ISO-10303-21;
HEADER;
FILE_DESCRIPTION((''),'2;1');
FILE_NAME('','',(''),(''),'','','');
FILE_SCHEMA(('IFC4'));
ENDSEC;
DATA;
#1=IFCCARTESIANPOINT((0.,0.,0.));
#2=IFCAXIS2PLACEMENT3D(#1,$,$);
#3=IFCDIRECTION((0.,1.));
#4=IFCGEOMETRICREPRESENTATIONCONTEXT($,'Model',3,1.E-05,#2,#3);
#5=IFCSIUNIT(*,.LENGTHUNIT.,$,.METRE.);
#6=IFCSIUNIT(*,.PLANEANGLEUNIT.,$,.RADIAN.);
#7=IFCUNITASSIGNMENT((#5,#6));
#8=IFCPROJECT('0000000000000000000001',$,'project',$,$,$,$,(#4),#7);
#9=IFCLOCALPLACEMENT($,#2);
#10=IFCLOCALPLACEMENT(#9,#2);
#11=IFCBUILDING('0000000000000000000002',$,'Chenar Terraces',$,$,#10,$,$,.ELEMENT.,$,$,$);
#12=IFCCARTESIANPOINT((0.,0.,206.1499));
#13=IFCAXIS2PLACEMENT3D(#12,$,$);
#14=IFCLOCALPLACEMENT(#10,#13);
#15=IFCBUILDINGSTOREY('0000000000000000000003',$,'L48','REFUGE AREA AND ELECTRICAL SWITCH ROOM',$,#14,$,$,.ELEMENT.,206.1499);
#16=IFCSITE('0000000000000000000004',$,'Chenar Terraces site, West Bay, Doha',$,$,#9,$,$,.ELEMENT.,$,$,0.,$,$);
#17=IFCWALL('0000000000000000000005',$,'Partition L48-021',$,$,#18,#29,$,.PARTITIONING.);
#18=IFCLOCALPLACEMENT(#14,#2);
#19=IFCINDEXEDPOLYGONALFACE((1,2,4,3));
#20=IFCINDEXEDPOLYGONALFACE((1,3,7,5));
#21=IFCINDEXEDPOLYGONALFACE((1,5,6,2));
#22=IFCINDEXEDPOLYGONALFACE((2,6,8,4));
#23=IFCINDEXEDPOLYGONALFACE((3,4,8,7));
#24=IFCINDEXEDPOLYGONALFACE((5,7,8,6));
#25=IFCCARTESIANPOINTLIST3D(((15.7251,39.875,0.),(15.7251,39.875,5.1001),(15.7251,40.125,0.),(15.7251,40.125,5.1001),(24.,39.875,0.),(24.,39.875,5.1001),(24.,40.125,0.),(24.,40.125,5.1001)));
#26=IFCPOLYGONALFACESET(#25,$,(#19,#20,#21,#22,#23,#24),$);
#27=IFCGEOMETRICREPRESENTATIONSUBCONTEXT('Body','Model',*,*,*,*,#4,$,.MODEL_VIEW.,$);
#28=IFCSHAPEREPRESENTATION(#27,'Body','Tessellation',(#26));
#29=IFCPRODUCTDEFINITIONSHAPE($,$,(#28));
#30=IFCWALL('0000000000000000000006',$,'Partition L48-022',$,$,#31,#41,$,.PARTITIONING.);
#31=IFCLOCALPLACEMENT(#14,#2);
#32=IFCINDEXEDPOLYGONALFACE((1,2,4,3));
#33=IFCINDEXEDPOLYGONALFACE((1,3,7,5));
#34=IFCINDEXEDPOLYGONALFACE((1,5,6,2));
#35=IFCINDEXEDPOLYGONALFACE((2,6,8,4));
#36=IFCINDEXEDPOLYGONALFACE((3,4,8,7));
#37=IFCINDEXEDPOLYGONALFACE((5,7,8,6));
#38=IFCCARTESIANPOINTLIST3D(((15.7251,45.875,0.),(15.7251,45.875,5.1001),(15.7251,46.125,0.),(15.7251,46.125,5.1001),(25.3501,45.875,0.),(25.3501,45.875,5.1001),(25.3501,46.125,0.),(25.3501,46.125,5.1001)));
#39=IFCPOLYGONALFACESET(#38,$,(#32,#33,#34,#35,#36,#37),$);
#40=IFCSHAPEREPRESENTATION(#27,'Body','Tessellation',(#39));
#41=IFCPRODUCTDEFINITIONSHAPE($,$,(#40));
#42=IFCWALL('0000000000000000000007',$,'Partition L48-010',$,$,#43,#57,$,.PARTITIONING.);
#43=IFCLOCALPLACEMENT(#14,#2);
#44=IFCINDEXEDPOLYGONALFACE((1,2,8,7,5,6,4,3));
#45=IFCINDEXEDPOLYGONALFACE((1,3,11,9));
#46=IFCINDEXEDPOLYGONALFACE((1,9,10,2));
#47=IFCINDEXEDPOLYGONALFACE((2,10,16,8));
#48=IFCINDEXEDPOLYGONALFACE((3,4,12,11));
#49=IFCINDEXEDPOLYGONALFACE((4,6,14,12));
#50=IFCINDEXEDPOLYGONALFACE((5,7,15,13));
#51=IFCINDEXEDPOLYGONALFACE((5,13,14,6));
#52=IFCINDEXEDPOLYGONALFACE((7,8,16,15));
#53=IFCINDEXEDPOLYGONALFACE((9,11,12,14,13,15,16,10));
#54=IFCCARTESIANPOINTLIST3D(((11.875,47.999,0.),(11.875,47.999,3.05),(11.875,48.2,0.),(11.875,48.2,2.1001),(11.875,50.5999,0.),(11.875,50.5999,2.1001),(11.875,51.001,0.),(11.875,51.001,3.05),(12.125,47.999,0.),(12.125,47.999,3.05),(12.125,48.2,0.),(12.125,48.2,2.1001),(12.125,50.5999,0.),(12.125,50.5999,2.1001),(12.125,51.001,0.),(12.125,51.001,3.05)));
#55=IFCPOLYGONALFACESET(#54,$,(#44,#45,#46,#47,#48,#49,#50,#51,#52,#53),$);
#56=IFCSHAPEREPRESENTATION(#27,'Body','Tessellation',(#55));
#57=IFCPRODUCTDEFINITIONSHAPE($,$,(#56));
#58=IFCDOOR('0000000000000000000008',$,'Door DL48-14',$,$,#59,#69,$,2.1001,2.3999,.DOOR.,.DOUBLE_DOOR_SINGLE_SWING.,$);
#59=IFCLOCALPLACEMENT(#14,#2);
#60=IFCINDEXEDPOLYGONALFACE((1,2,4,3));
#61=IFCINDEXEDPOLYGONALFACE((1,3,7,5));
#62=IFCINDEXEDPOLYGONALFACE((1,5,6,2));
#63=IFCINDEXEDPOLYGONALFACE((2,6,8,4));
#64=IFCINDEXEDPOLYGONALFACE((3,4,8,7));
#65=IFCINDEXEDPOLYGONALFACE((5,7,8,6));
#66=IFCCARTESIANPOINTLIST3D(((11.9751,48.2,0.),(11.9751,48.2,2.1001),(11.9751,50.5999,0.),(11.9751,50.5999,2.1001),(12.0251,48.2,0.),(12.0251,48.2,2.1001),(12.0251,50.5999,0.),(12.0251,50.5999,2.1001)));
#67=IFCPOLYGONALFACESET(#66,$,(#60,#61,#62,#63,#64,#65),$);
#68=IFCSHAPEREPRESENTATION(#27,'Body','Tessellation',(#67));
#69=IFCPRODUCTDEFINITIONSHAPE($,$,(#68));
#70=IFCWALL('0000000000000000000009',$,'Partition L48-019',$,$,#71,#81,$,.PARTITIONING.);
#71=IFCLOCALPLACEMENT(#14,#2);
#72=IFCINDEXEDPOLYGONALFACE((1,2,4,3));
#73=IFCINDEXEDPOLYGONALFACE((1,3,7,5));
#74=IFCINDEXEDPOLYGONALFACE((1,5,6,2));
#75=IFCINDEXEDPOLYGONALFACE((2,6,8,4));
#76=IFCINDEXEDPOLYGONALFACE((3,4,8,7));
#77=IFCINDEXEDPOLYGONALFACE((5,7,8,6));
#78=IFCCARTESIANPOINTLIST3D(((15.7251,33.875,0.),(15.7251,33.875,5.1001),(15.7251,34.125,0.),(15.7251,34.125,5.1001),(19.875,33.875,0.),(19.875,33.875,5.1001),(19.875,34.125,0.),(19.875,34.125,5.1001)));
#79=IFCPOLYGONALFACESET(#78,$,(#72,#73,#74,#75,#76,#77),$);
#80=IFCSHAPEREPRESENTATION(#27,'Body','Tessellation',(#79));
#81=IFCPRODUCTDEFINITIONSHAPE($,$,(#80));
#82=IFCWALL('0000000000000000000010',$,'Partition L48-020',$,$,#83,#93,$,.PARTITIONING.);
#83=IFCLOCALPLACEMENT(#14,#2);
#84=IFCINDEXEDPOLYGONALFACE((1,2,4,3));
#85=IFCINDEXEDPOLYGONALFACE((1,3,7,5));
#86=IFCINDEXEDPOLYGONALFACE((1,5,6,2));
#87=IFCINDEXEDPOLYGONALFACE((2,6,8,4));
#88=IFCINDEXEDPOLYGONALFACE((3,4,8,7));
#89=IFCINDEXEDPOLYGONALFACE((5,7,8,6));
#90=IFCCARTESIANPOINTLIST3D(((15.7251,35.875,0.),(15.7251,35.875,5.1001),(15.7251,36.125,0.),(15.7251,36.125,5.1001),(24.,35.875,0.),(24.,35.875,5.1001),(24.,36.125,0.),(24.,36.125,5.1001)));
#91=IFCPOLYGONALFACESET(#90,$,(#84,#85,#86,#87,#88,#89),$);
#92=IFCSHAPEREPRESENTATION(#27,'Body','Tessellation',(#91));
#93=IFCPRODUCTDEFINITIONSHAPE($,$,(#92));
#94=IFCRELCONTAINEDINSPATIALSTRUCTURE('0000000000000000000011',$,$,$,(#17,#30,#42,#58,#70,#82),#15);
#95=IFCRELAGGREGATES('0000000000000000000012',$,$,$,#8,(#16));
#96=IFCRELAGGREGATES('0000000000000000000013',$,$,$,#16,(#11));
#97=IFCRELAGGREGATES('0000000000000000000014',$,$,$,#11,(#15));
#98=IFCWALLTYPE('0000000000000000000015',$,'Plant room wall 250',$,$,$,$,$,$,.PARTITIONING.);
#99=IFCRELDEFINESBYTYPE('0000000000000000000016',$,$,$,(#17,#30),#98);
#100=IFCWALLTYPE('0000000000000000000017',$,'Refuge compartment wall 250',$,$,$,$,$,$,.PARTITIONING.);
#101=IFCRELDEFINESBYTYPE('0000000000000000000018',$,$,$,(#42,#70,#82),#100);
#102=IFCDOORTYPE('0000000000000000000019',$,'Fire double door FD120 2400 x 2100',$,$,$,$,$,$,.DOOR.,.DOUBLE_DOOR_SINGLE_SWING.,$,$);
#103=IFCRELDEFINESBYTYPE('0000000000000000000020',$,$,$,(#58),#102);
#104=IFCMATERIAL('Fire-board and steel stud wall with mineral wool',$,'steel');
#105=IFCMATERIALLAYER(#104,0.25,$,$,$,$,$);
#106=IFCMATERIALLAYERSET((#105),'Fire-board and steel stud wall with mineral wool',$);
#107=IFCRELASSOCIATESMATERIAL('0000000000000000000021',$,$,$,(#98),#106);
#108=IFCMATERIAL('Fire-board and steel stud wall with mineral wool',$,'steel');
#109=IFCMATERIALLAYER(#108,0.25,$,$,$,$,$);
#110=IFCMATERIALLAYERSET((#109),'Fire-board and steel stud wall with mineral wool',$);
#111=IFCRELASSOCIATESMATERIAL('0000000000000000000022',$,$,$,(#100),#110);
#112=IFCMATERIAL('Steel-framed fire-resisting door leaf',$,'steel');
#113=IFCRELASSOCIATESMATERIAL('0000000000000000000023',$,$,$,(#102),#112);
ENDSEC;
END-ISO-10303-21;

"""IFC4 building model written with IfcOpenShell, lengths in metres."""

from ifc_helpers import new_model, si_unit, direction, frame, frame_2d, origin, place, context, subcontext, project, spatial, rectangle, extrude, material, layer, layer_set, type_object, element, fill, save


model = new_model("IFC4")

# Units and contexts
model_context = context("Model", 3, precision=1e-05, world=origin(), true_north=direction((0.0, 1.0)))
body_context = subcontext(model_context, "Body", "Model", "MODEL_VIEW")
ifc_project = project(units=[si_unit("LENGTHUNIT", "METRE"), si_unit("PLANEANGLEUNIT", "RADIAN")], contexts=[model_context])

# Site, building, storey
site_placement = place(None, origin())
site = spatial("IfcSite", under=ifc_project, at=site_placement, Name="Chenar Terraces site, West Bay, Doha", CompositionType="ELEMENT", RefElevation=0.0)
building_placement = place(site_placement, origin())
building = spatial("IfcBuilding", under=site, at=building_placement, Name="Chenar Terraces", CompositionType="ELEMENT")
storey_placement = place(building_placement, frame((0.0, 0.0, 206.1499)))
storey = spatial("IfcBuildingStorey", under=building, at=storey_placement, Name="L48", Description="REFUGE AREA AND ELECTRICAL SWITCH ROOM", CompositionType="ELEMENT", Elevation=206.1499)

# Walls
ifc_material_1 = material(Name="Fire-board and steel stud wall with mineral wool", Category="steel")
ifc_layer_1 = layer(ifc_material_1, 0.25)
ifc_layer_set_1 = layer_set([ifc_layer_1], Name="Fire-board and steel stud wall with mineral wool")
wall_type_1 = type_object("IfcWallType", Name="Plant room wall 250", PredefinedType="PARTITIONING", material=ifc_layer_set_1)
wall_1_placement = place(storey_placement, frame((15.7251, 40.0, 0.0), z_axis=(0.0, 0.0, 1.0), x_axis=(1.0, 0.0, 0.0)))
element("IfcWall", 1, at=wall_1_placement, inside=storey, type_object=wall_type_1, Name="Partition L48-021", PredefinedType="PARTITIONING", context=body_context, shape_type="SweptSolid", body=[
    extrude(rectangle(XDim=8.2749, YDim=0.25, at=frame_2d((4.1375, 0.0))), origin(), (0.0, 0.0, 1.0), 5.1001),
])
wall_2_placement = place(storey_placement, frame((15.7251, 46.0, 0.0), z_axis=(0.0, 0.0, 1.0), x_axis=(1.0, 0.0, 0.0)))
element("IfcWall", 2, at=wall_2_placement, inside=storey, type_object=wall_type_1, Name="Partition L48-022", PredefinedType="PARTITIONING", context=body_context, shape_type="SweptSolid", body=[
    extrude(rectangle(XDim=9.625, YDim=0.25, at=frame_2d((4.8125, 0.0))), origin(), (0.0, 0.0, 1.0), 5.1001),
])

# Wall, opening, door
ifc_material_2 = material(Name="Fire-board and steel stud wall with mineral wool", Category="steel")
ifc_layer_2 = layer(ifc_material_2, 0.25)
ifc_layer_set_2 = layer_set([ifc_layer_2], Name="Fire-board and steel stud wall with mineral wool")
wall_type_2 = type_object("IfcWallType", Name="Refuge compartment wall 250", PredefinedType="PARTITIONING", material=ifc_layer_set_2)
wall_3_placement = place(storey_placement, frame((12.0, 47.999, 0.0), z_axis=(0.0, 0.0, 1.0), x_axis=(0.0, 1.0, 0.0)))
wall_3 = element("IfcWall", 3, at=wall_3_placement, inside=storey, type_object=wall_type_2, Name="Partition L48-010", PredefinedType="PARTITIONING", context=body_context, shape_type="SweptSolid", body=[
    extrude(rectangle(XDim=3.002, YDim=0.25, at=frame_2d((1.501, 0.0))), origin(), (0.0, 0.0, 1.0), 3.05),
])
opening_1_placement = place(wall_3_placement, frame((0.2009, 0.0, 0.0)))
opening_1 = element("IfcOpeningElement", 4, at=opening_1_placement, cuts=wall_3, PredefinedType="OPENING", context=body_context, shape_type="SweptSolid", body=[
    extrude(rectangle(XDim=2.3999, YDim=2.1001, at=frame_2d((1.2, 1.05))), frame((0.0, 0.135, 0.0), z_axis=(0.0, -1.0, 0.0), x_axis=(1.0, 0.0, 0.0)), (0.0, 0.0, 1.0), 0.27),
])
ifc_material_3 = material(Name="Steel-framed fire-resisting door leaf", Category="steel")
door_type_1 = type_object("IfcDoorType", Name="Fire double door FD120 2400 x 2100", OperationType="DOUBLE_DOOR_SINGLE_SWING", PredefinedType="DOOR", material=ifc_material_3)
door_1_placement = place(opening_1_placement, origin())
door_1 = element("IfcDoor", 5, at=door_1_placement, inside=storey, type_object=door_type_1, Name="Door DL48-14", OperationType="DOUBLE_DOOR_SINGLE_SWING", OverallHeight=2.1001, OverallWidth=2.3999, PredefinedType="DOOR", context=body_context, shape_type="SweptSolid", body=[
    extrude(rectangle(XDim=2.3999, YDim=2.1001, at=frame_2d((1.2, 1.05))), frame((0.0, 0.0249, 0.0), z_axis=(0.0, -1.0, 0.0), x_axis=(1.0, 0.0, 0.0)), (0.0, 0.0, 1.0), 0.05),
])
fill(opening_1, door_1)

# Walls
wall_4_placement = place(storey_placement, frame((15.7251, 34.0, 0.0), z_axis=(0.0, 0.0, 1.0), x_axis=(1.0, 0.0, 0.0)))
element("IfcWall", 6, at=wall_4_placement, inside=storey, type_object=wall_type_2, Name="Partition L48-019", PredefinedType="PARTITIONING", context=body_context, shape_type="SweptSolid", body=[
    extrude(rectangle(XDim=4.1499, YDim=0.25, at=frame_2d((2.075, 0.0))), origin(), (0.0, 0.0, 1.0), 5.1001),
])
wall_5_placement = place(storey_placement, frame((15.7251, 36.0, 0.0), z_axis=(0.0, 0.0, 1.0), x_axis=(1.0, 0.0, 0.0)))
element("IfcWall", 7, at=wall_5_placement, inside=storey, type_object=wall_type_2, Name="Partition L48-020", PredefinedType="PARTITIONING", context=body_context, shape_type="SweptSolid", body=[
    extrude(rectangle(XDim=8.2749, YDim=0.25, at=frame_2d((4.1375, 0.0))), origin(), (0.0, 0.0, 1.0), 5.1001),
])

save(model, "model.ifc")
